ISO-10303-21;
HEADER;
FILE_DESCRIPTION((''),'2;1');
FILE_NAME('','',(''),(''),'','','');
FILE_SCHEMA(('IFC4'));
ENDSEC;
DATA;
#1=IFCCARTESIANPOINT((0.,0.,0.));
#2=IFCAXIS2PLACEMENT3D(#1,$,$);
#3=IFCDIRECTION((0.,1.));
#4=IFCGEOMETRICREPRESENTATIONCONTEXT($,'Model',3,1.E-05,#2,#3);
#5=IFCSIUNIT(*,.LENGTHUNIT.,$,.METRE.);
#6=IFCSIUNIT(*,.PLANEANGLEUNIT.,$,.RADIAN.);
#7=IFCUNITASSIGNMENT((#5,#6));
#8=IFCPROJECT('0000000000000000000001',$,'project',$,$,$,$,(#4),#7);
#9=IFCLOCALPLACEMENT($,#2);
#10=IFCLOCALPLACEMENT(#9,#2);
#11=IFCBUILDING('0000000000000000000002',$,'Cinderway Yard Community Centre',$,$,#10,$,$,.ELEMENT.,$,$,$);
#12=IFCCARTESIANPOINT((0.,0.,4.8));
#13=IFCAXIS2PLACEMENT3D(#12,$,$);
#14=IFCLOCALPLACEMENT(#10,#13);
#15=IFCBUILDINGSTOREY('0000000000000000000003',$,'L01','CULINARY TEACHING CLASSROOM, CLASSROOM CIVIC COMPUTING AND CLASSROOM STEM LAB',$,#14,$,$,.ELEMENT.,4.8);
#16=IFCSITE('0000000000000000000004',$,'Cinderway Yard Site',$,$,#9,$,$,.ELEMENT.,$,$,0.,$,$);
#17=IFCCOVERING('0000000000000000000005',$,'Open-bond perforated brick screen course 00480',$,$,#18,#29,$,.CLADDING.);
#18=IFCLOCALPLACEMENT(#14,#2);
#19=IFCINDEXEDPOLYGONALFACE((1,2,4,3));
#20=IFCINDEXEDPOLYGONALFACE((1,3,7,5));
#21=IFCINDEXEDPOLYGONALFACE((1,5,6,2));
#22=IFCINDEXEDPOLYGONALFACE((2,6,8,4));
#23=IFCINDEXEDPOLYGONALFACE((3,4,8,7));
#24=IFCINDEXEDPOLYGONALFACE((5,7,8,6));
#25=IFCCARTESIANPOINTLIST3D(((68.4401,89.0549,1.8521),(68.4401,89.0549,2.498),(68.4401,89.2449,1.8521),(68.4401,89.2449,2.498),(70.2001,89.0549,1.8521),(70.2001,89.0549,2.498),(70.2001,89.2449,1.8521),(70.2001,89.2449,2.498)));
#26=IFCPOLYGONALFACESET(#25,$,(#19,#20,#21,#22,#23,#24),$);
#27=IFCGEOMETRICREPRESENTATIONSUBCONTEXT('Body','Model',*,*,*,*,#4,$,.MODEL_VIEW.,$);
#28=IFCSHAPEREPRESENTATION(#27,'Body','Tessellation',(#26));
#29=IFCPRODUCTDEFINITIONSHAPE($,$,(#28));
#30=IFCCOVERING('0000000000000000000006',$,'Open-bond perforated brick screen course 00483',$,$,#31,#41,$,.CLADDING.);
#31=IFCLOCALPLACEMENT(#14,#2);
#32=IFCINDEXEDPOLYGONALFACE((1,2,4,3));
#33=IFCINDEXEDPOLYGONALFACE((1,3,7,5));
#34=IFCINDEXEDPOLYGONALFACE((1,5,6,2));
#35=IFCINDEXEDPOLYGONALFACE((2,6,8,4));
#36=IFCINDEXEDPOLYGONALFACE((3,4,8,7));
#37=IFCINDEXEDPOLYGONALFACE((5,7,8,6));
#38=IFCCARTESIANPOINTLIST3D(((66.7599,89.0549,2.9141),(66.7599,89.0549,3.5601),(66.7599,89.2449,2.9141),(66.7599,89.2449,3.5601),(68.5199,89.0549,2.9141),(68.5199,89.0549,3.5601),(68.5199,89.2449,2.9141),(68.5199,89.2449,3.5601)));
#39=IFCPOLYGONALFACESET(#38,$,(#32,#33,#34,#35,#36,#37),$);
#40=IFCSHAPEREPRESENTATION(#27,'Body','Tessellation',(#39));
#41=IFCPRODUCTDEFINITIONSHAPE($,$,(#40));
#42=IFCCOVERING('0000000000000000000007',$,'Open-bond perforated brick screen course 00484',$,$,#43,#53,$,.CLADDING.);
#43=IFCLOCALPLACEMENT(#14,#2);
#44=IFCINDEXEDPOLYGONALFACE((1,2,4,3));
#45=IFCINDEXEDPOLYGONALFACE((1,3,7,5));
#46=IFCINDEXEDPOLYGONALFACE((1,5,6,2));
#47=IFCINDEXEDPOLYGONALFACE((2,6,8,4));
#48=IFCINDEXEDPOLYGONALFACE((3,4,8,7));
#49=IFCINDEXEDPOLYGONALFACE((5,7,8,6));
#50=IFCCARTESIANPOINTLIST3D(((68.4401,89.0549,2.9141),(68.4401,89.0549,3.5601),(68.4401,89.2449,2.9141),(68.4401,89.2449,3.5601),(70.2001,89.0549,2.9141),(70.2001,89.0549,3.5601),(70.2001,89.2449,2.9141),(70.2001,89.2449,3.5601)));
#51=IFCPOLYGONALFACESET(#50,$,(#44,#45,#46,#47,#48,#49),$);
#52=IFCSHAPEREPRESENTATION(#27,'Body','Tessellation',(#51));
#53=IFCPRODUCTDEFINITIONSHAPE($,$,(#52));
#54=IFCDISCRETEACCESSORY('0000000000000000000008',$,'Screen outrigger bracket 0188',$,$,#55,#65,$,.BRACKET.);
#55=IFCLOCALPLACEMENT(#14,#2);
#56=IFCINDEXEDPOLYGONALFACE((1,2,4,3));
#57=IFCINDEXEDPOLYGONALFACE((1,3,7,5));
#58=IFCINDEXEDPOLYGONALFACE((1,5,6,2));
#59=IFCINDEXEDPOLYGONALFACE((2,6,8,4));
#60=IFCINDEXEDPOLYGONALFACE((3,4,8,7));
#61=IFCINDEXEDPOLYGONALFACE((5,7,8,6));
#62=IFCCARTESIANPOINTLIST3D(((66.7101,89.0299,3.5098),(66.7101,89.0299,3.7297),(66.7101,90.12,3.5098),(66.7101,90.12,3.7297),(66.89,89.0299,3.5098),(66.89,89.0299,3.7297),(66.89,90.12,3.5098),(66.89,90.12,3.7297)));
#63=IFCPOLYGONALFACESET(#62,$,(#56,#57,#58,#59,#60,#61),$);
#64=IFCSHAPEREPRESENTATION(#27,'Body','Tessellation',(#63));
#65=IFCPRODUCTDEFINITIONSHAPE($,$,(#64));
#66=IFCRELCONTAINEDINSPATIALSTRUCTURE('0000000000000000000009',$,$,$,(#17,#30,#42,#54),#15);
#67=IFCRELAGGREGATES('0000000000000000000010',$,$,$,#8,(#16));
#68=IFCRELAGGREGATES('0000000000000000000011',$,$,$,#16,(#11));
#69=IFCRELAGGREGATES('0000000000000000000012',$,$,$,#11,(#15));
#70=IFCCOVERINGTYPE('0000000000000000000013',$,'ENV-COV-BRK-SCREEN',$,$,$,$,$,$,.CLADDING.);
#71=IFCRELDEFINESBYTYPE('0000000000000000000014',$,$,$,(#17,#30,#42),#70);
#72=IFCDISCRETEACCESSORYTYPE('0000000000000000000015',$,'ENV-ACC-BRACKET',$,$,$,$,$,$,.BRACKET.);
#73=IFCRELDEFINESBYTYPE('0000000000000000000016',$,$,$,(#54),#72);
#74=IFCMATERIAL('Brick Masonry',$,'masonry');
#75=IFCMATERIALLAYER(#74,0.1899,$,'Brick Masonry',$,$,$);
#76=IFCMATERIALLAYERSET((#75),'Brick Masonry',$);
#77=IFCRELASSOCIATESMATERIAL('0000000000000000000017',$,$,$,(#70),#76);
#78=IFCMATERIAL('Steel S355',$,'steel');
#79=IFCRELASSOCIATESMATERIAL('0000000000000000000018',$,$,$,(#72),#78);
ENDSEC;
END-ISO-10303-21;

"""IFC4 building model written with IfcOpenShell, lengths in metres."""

from ifc_helpers import new_model, si_unit, direction, frame, origin, origin_2d, place, context, subcontext, project, spatial, rectangle, extrude, material, layer, layer_set, type_object, element, save


model = new_model("IFC4")

# Units and contexts
model_context = context("Model", 3, precision=1e-05, world=origin(), true_north=direction((0.0, 1.0)))
body_context = subcontext(model_context, "Body", "Model", "MODEL_VIEW")
ifc_project = project(units=[si_unit("LENGTHUNIT", "METRE"), si_unit("PLANEANGLEUNIT", "RADIAN")], contexts=[model_context])

# Site, building, storey
site_placement = place(None, origin())
site = spatial("IfcSite", under=ifc_project, at=site_placement, Name="Cinderway Yard Site", CompositionType="ELEMENT", RefElevation=0.0)
building_placement = place(site_placement, origin())
building = spatial("IfcBuilding", under=site, at=building_placement, Name="Cinderway Yard Community Centre", CompositionType="ELEMENT")
storey_placement = place(building_placement, frame((0.0, 0.0, 4.8)))
storey = spatial("IfcBuildingStorey", under=building, at=storey_placement, Name="L01", Description="CULINARY TEACHING CLASSROOM, CLASSROOM CIVIC COMPUTING AND CLASSROOM STEM LAB", CompositionType="ELEMENT", Elevation=4.8)

# Shared definitions
ifc_material_1 = material(Name="Steel S355", Category="steel")

# Coverings
ifc_material_2 = material(Name="Brick Masonry", Category="masonry")
ifc_layer_1 = layer(ifc_material_2, 0.1899, Name="Brick Masonry")
ifc_layer_set_1 = layer_set([ifc_layer_1], Name="Brick Masonry")
covering_type = type_object("IfcCoveringType", Name="ENV-COV-BRK-SCREEN", PredefinedType="CLADDING", material=ifc_layer_set_1)
for number, where, z_axis, x_axis, name in (
    (1, (69.3201, 89.1499, 1.8521), (0.0, 0.0, 1.0), (-1.0, 0.0, 0.0), "Open-bond perforated brick screen course 00480"),
    (2, (67.6399, 89.1499, 2.9141), (0.0, 0.0, 1.0), (-1.0, 0.0, 0.0), "Open-bond perforated brick screen course 00483"),
    (3, (69.3201, 89.1499, 2.9141), (0.0, 0.0, 1.0), (-1.0, 0.0, 0.0), "Open-bond perforated brick screen course 00484"),
):
    element("IfcCovering", number, at=place(storey_placement, frame(where, z_axis=z_axis, x_axis=x_axis)), inside=storey, type_object=covering_type, Name=name, PredefinedType="CLADDING", context=body_context, shape_type="SweptSolid", body=[
        extrude(rectangle(XDim=1.76, YDim=0.1899, at=origin_2d()), origin(), (0.0, 0.0, 1.0), 0.646),
    ])

# Discrete accessory
discrete_accessory_type = type_object("IfcDiscreteAccessoryType", Name="ENV-ACC-BRACKET", PredefinedType="BRACKET", material=ifc_material_1)
discrete_accessory_placement = place(storey_placement, frame((66.8, 89.575, 3.5098), z_axis=(0.0, 0.0, 1.0), x_axis=(0.0, -1.0, 0.0)))
element("IfcDiscreteAccessory", 4, at=discrete_accessory_placement, inside=storey, type_object=discrete_accessory_type, Name="Screen outrigger bracket 0188", PredefinedType="BRACKET", context=body_context, shape_type="SweptSolid", body=[
    extrude(rectangle(XDim=1.0901, YDim=0.1799, at=origin_2d()), origin(), (0.0, 0.0, 1.0), 0.22),
])

save(model, "model.ifc")
